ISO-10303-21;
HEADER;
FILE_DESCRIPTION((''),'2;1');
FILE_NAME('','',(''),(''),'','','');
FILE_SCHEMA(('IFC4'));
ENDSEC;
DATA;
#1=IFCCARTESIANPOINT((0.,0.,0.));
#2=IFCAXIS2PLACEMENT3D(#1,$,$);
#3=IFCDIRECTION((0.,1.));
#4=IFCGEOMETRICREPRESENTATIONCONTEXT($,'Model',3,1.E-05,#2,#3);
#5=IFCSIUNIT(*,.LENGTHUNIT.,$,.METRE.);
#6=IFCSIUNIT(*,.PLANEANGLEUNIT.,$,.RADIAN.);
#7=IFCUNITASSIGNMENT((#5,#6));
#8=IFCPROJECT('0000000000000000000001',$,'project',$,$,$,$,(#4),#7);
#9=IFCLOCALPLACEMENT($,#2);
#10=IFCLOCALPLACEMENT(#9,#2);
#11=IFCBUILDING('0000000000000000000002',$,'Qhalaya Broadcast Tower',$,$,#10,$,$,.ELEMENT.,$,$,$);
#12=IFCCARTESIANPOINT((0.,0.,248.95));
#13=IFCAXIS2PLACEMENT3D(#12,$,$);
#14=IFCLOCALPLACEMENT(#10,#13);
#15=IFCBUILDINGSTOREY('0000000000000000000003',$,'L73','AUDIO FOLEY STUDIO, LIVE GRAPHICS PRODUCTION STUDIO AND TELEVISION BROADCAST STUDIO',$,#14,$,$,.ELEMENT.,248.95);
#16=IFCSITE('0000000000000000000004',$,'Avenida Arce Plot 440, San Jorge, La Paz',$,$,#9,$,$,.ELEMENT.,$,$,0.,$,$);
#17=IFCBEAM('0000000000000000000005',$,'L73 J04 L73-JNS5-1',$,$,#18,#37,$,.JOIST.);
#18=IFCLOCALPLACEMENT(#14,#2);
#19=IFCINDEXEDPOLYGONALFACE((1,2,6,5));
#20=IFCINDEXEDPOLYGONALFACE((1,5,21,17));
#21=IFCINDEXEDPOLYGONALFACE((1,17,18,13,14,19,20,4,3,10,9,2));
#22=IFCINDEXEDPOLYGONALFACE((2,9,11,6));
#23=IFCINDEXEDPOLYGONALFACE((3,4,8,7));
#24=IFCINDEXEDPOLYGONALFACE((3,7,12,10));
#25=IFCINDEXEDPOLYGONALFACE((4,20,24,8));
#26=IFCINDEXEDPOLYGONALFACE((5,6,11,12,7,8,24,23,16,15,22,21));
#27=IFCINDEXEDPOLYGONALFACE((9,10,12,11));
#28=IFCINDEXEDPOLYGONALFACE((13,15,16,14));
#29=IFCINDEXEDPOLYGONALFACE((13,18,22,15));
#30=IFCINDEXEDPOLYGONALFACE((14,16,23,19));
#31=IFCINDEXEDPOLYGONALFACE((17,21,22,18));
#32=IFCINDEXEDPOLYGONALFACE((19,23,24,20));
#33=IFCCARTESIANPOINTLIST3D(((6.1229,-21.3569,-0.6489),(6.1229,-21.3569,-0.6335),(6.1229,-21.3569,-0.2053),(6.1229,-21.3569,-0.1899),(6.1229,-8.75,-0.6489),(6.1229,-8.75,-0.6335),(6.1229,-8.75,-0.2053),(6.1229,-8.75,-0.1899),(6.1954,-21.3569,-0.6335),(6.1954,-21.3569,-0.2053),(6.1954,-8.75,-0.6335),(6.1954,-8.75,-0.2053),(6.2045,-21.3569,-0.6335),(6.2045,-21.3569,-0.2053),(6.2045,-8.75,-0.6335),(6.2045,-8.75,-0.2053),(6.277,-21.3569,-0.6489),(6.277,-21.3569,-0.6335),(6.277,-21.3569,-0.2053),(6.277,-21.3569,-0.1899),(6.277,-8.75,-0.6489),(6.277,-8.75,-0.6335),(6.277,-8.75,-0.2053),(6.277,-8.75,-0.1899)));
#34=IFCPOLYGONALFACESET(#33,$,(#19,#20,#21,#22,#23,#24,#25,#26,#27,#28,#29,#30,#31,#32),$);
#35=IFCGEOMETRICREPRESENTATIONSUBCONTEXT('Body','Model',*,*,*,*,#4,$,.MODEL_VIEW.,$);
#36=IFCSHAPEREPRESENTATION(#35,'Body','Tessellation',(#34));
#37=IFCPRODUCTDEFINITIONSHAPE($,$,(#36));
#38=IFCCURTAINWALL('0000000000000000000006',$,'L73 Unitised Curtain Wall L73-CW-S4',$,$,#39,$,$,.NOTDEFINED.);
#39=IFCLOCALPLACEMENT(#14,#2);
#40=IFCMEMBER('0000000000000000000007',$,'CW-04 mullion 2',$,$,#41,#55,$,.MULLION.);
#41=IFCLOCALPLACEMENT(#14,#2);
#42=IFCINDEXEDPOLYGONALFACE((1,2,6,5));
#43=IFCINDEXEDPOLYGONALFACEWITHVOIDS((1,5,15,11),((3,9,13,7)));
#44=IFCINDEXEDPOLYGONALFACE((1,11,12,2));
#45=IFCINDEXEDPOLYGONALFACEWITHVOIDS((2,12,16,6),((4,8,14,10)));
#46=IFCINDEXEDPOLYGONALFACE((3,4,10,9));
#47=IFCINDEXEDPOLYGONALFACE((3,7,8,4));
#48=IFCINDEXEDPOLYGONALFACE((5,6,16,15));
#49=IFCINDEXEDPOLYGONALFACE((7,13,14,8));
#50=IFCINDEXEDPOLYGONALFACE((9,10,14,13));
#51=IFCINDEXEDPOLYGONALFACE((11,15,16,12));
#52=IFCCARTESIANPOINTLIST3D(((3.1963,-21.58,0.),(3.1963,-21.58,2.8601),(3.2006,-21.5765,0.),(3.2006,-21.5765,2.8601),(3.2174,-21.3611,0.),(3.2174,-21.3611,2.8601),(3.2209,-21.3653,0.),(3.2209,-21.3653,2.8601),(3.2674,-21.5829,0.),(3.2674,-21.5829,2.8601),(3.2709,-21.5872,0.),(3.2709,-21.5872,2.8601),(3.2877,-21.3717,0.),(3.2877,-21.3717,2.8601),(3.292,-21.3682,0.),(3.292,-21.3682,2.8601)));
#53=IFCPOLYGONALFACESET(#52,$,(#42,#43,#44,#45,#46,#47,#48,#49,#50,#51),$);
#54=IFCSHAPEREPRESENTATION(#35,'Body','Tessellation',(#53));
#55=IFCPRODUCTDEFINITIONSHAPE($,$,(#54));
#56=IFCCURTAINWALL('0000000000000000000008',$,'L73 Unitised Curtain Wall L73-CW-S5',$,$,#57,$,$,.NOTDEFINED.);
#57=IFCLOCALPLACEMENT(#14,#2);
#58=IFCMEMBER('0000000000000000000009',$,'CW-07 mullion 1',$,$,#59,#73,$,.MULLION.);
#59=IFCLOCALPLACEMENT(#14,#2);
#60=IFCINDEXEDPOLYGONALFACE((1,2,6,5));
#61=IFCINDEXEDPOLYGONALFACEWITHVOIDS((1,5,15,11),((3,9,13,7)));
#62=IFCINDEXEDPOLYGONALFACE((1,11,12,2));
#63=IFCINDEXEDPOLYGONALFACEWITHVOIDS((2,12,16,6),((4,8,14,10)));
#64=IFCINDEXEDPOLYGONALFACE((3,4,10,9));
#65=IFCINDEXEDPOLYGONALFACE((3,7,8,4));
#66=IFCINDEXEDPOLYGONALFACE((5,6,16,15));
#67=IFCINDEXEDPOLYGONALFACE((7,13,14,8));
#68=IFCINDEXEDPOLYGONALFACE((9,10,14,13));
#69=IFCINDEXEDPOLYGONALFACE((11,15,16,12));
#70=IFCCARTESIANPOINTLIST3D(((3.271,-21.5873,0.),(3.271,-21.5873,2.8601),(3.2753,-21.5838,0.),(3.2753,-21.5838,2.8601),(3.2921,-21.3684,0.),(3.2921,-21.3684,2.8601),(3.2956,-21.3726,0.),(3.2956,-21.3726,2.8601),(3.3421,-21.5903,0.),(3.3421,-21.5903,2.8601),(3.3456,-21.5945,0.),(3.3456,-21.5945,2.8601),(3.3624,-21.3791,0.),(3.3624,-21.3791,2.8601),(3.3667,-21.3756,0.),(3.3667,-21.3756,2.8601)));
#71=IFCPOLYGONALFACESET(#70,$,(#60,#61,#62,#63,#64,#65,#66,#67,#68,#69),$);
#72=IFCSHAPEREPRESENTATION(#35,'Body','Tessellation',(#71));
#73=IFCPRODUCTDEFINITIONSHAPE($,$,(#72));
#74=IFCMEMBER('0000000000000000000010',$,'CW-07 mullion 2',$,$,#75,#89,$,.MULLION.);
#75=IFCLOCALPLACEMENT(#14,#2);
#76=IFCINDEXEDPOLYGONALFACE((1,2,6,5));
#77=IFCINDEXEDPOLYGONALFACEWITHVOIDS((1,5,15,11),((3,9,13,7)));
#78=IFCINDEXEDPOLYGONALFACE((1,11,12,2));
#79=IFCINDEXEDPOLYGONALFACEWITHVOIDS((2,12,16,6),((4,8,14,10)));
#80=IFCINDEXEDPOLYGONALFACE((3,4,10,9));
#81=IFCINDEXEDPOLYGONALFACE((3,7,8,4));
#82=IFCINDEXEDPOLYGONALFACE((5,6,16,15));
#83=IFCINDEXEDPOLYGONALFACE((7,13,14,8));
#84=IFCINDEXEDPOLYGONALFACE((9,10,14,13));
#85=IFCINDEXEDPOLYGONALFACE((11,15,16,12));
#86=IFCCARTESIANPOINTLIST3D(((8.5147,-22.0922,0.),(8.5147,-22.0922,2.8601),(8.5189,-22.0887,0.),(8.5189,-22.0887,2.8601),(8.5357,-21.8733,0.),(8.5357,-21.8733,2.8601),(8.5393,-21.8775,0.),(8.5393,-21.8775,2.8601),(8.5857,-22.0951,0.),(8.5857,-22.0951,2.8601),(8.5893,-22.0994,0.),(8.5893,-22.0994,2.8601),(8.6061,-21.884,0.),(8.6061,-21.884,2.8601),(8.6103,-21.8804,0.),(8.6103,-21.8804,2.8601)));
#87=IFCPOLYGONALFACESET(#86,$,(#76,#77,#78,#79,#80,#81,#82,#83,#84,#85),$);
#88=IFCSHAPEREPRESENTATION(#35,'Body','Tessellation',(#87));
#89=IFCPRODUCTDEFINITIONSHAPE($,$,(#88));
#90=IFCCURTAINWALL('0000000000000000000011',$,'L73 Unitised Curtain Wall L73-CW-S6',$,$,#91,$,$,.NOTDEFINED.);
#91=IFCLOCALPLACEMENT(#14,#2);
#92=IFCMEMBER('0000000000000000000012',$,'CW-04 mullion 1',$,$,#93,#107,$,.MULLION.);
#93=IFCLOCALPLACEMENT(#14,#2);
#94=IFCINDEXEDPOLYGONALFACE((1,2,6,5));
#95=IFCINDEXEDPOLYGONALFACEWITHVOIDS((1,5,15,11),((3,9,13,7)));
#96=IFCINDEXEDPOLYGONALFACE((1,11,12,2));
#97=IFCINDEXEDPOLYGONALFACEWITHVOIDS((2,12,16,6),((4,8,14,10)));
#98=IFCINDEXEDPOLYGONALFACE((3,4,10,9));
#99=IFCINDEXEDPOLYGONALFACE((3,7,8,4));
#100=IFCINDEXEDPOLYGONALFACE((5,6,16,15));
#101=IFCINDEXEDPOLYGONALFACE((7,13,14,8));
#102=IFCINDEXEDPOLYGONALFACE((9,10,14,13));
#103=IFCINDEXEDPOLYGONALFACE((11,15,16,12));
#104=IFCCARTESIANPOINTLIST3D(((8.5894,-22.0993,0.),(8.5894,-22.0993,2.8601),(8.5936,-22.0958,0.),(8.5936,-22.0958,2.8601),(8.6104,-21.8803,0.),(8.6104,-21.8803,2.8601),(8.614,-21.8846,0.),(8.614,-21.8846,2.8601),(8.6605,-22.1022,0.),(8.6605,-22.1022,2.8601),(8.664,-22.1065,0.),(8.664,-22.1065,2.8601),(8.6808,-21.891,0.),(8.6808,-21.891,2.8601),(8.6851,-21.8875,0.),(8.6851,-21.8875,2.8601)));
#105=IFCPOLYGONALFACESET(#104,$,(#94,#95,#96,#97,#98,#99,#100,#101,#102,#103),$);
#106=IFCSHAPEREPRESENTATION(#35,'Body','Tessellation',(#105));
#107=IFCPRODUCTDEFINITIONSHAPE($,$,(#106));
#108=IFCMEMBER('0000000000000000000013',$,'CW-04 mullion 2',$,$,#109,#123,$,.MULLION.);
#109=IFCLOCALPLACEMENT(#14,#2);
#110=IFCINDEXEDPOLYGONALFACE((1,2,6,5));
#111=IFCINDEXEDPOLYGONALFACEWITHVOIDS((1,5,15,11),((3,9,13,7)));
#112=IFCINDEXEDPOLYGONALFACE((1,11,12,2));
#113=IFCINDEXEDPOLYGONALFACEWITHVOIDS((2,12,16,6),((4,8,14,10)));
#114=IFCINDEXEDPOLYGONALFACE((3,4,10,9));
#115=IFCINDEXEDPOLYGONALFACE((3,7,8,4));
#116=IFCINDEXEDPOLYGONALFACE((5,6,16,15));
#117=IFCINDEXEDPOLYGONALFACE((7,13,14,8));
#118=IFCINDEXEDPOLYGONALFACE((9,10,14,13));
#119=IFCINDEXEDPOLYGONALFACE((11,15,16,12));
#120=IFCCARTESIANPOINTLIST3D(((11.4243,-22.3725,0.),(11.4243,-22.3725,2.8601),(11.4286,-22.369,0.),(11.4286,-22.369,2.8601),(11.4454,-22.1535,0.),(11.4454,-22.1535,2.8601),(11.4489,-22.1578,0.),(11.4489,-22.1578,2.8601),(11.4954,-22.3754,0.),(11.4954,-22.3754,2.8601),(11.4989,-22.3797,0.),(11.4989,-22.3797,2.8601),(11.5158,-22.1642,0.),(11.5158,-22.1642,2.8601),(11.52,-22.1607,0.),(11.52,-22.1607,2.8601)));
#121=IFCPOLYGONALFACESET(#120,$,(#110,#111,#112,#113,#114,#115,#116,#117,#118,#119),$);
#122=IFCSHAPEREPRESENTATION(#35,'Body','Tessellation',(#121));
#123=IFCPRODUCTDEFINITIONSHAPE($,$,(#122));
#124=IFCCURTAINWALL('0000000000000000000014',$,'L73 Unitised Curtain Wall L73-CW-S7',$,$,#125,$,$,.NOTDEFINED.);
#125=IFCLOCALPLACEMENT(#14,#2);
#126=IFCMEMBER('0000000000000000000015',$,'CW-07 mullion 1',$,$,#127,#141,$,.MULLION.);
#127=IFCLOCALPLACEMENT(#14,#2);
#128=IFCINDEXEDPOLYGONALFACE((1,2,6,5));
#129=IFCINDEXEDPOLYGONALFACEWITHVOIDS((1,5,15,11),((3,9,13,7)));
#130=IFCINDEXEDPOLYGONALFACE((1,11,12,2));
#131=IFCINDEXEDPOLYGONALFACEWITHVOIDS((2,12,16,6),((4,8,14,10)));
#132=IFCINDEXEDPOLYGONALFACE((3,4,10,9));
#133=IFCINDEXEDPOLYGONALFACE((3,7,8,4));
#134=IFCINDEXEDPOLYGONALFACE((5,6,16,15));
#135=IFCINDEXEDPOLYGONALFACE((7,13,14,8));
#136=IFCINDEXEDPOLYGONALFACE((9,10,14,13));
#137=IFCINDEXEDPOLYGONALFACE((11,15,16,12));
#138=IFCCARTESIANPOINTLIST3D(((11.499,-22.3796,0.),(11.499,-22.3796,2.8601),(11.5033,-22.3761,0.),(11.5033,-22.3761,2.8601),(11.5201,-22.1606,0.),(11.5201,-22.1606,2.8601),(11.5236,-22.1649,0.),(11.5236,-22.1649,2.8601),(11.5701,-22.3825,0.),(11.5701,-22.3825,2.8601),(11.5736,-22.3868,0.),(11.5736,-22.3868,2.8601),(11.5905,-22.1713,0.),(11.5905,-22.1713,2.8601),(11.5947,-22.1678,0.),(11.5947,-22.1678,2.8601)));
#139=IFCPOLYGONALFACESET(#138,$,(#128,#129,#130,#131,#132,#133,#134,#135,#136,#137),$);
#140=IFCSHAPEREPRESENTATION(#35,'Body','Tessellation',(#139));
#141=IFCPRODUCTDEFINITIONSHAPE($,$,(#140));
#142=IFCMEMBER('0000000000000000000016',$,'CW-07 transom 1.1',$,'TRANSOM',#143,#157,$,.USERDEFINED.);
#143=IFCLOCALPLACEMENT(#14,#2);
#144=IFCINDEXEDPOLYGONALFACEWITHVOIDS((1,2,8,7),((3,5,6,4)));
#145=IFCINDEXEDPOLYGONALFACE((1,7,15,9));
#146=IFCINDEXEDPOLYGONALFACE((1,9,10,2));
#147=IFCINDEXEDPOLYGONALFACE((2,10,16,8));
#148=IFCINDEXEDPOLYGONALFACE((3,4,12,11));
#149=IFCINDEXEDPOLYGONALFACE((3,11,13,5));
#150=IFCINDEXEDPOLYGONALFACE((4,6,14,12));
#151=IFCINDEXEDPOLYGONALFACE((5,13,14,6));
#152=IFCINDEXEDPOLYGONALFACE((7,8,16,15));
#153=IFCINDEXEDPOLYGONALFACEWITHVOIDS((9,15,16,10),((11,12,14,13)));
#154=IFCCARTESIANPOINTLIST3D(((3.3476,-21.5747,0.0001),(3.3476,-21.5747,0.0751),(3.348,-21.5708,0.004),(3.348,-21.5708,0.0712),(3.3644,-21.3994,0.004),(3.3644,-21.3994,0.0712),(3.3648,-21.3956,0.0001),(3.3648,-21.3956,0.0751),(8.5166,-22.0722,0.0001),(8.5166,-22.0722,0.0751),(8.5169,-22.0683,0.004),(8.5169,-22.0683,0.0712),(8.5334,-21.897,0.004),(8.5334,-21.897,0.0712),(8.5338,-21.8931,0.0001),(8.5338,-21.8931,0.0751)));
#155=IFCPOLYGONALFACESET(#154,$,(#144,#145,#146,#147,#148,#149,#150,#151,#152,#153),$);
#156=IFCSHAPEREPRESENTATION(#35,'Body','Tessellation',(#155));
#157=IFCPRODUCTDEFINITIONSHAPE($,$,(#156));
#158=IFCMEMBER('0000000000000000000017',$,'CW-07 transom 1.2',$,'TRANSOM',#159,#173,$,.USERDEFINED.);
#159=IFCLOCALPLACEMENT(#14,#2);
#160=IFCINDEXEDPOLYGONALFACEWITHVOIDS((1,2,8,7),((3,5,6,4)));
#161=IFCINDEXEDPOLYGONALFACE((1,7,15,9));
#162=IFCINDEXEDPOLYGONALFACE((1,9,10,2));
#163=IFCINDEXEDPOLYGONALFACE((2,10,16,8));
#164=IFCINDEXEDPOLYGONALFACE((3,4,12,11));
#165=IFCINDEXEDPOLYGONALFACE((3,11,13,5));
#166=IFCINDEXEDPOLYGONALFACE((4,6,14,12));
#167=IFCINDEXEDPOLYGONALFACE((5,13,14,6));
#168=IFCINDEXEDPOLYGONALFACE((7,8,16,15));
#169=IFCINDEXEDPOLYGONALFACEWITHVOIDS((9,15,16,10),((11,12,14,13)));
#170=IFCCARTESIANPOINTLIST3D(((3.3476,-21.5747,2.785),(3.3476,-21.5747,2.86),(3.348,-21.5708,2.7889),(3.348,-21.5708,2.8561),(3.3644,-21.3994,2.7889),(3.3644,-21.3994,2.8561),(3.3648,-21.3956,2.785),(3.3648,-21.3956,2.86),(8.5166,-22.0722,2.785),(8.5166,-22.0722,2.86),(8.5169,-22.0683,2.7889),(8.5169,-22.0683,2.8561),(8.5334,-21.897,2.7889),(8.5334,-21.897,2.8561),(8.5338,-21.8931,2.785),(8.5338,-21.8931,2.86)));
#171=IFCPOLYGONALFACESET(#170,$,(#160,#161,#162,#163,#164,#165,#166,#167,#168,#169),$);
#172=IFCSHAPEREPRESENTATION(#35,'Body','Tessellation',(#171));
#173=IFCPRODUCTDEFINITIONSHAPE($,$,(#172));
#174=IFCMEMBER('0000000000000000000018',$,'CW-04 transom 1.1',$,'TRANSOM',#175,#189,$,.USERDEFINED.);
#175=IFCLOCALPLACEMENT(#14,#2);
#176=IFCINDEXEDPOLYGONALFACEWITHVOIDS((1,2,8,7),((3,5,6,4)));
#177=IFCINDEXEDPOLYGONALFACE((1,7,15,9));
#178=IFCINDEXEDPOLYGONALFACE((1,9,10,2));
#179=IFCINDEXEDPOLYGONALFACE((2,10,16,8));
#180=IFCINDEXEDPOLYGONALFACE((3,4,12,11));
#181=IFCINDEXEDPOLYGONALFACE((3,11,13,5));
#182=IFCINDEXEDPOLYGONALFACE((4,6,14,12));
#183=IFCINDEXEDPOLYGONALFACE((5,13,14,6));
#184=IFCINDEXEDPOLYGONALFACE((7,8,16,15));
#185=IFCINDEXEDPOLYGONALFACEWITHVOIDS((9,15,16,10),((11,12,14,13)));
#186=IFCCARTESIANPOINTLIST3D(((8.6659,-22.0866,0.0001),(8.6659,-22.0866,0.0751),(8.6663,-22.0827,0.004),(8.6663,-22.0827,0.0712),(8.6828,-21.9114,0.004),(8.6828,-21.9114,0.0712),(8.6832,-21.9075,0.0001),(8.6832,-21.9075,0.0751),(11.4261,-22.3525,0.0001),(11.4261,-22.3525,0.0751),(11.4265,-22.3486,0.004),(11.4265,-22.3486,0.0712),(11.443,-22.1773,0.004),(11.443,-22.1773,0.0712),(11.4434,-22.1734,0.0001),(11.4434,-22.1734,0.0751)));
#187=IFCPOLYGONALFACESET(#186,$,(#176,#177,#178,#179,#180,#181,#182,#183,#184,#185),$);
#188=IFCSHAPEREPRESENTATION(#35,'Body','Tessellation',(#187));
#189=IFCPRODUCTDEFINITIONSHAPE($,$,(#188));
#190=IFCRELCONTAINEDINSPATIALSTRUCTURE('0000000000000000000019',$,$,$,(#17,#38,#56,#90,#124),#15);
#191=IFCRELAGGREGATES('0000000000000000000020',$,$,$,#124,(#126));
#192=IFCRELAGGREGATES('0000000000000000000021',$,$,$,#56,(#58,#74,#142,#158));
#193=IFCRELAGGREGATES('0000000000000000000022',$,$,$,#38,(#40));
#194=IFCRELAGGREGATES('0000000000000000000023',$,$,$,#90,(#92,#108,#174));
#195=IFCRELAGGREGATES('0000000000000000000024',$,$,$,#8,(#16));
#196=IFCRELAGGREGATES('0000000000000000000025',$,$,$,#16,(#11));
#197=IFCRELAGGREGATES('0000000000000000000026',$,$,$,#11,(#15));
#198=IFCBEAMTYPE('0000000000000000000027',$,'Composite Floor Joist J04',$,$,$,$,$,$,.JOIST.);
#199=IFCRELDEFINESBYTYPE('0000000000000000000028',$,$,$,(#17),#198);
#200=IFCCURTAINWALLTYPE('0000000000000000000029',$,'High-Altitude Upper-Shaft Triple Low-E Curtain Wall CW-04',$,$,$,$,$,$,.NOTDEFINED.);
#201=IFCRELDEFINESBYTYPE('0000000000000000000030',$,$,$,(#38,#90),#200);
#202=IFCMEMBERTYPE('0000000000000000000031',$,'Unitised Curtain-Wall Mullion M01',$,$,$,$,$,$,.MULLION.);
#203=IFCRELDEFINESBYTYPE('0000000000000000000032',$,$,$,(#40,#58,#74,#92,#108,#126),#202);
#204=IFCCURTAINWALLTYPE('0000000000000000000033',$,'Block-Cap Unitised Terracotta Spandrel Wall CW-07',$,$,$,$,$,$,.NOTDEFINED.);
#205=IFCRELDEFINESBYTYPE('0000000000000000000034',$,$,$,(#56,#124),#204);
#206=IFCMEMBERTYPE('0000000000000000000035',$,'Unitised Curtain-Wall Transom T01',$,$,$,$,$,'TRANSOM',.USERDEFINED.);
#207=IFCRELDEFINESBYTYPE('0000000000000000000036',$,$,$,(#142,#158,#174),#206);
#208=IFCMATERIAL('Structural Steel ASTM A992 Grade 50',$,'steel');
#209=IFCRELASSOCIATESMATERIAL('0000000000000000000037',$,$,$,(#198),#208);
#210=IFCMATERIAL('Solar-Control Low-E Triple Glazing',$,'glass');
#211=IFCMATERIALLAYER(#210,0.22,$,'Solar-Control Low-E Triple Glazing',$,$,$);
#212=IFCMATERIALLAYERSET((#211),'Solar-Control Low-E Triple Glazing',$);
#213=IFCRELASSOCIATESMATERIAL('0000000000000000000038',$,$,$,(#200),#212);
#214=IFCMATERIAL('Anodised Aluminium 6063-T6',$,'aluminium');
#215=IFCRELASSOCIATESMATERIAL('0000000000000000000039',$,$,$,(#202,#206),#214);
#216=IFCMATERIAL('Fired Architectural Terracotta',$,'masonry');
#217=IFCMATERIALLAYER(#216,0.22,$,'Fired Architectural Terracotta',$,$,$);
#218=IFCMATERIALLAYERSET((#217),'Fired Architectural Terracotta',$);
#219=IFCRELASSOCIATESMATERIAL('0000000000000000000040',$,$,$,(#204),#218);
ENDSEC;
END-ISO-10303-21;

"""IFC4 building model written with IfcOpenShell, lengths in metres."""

from ifc_helpers import new_model, si_unit, direction, frame, origin, origin_2d, place, context, subcontext, project, spatial, hollow_rectangle, i_section, extrude, material, layer, layer_set, material_profile, profile_set, type_object, element, aggregate, save


model = new_model("IFC4")

# Units and contexts
model_context = context("Model", 3, precision=1e-05, world=origin(), true_north=direction((0.0, 1.0)))
body_context = subcontext(model_context, "Body", "Model", "MODEL_VIEW")
ifc_project = project(units=[si_unit("LENGTHUNIT", "METRE"), si_unit("PLANEANGLEUNIT", "RADIAN")], contexts=[model_context])

# Site, building, storey
site_placement = place(None, origin())
site = spatial("IfcSite", under=ifc_project, at=site_placement, Name="Avenida Arce Plot 440, San Jorge, La Paz", CompositionType="ELEMENT", RefElevation=0.0)
building_placement = place(site_placement, origin())
building = spatial("IfcBuilding", under=site, at=building_placement, Name="Qhalaya Broadcast Tower", CompositionType="ELEMENT")
storey_placement = place(building_placement, frame((0.0, 0.0, 248.95)))
storey = spatial("IfcBuildingStorey", under=building, at=storey_placement, Name="L73", Description="AUDIO FOLEY STUDIO, LIVE GRAPHICS PRODUCTION STUDIO AND TELEVISION BROADCAST STUDIO", CompositionType="ELEMENT", Elevation=248.95)

# Beam
ifc_material_1 = material(Name="Structural Steel ASTM A992 Grade 50", Category="steel")
ifc_material_profile_1 = material_profile(ifc_material_1, i_section(OverallWidth=0.1541, OverallDepth=0.459, WebThickness=0.009, FlangeThickness=0.0154, at=origin_2d()), Name="W18X46")
ifc_profile_set_1 = profile_set([ifc_material_profile_1], Name="Structural Steel ASTM A992 Grade 50")
beam_type_1 = type_object("IfcBeamType", Name="Composite Floor Joist J04", PredefinedType="JOIST", material=ifc_profile_set_1)
beam_1_placement = place(storey_placement, frame((6.2, -21.3569, -0.4194), z_axis=(0.0, 1.0, 0.0), x_axis=(-1.0, 0.0, 0.0)))
element("IfcBeam", 1, at=beam_1_placement, inside=storey, type_object=beam_type_1, Name="L73 J04 L73-JNS5-1", PredefinedType="JOIST", context=body_context, shape_type="SweptSolid", body=[
    extrude(i_section(OverallWidth=0.1541, OverallDepth=0.459, WebThickness=0.009, FlangeThickness=0.0154, at=origin_2d()), origin(), (0.0, 0.0, 1.0), 12.6069),
])

# Curtain wall, member
ifc_material_2 = material(Name="Solar-Control Low-E Triple Glazing", Category="glass")
ifc_layer_1 = layer(ifc_material_2, 0.22, Name="Solar-Control Low-E Triple Glazing")
ifc_layer_set_1 = layer_set([ifc_layer_1], Name="Solar-Control Low-E Triple Glazing")
curtain_wall_type_1 = type_object("IfcCurtainWallType", Name="High-Altitude Upper-Shaft Triple Low-E Curtain Wall CW-04", PredefinedType="NOTDEFINED", material=ifc_layer_set_1)
curtain_wall_1_placement = place(storey_placement, origin())
curtain_wall_1 = element("IfcCurtainWall", 2, at=curtain_wall_1_placement, inside=storey, type_object=curtain_wall_type_1, Name="L73 Unitised Curtain Wall L73-CW-S4", PredefinedType="NOTDEFINED")
ifc_material_3 = material(Name="Anodised Aluminium 6063-T6", Category="aluminium")
ifc_material_profile_2 = material_profile(ifc_material_3, hollow_rectangle(XDim=0.075, YDim=0.22, WallThickness=0.0039, at=origin_2d()), Name="ALU-MUL 75x220x4")
ifc_profile_set_2 = profile_set([ifc_material_profile_2], Name="Anodised Aluminium 6063-T6")
member_type_1 = type_object("IfcMemberType", Name="Unitised Curtain-Wall Mullion M01", PredefinedType="MULLION", material=ifc_profile_set_2)
member_1_placement = place(storey_placement, frame((3.2441, -21.4741, 0.0), z_axis=(0.0, 0.0, 1.0), x_axis=(0.995398, -0.095829, 0.0)))
member_1 = element("IfcMember", 3, at=member_1_placement, type_object=member_type_1, Name="CW-04 mullion 2", PredefinedType="MULLION", context=body_context, shape_type="SweptSolid", body=[
    extrude(hollow_rectangle(XDim=0.075, YDim=0.22, WallThickness=0.0039, at=origin_2d()), origin(), (0.0, 0.0, 1.0), 2.8601),
])

# Curtain walls, members
ifc_material_4 = material(Name="Fired Architectural Terracotta", Category="masonry")
ifc_layer_2 = layer(ifc_material_4, 0.22, Name="Fired Architectural Terracotta")
ifc_layer_set_2 = layer_set([ifc_layer_2], Name="Fired Architectural Terracotta")
curtain_wall_type_2 = type_object("IfcCurtainWallType", Name="Block-Cap Unitised Terracotta Spandrel Wall CW-07", PredefinedType="NOTDEFINED", material=ifc_layer_set_2)
curtain_wall_2_placement = place(storey_placement, origin())
curtain_wall_2 = element("IfcCurtainWall", 4, at=curtain_wall_2_placement, inside=storey, type_object=curtain_wall_type_2, Name="L73 Unitised Curtain Wall L73-CW-S5", PredefinedType="NOTDEFINED")
member_2_placement = place(storey_placement, frame((3.3188, -21.4814, 0.0), z_axis=(0.0, 0.0, 1.0), x_axis=(0.995396, -0.095845, 0.0)))
member_2 = element("IfcMember", 5, at=member_2_placement, type_object=member_type_1, Name="CW-07 mullion 1", PredefinedType="MULLION", context=body_context, shape_type="SweptSolid", body=[
    extrude(hollow_rectangle(XDim=0.075, YDim=0.22, WallThickness=0.0039, at=origin_2d()), origin(), (0.0, 0.0, 1.0), 2.8601),
])
member_3_placement = place(storey_placement, frame((8.5625, -21.9863, 0.0), z_axis=(0.0, 0.0, 1.0), x_axis=(0.995396, -0.095845, 0.0)))
member_3 = element("IfcMember", 6, at=member_3_placement, type_object=member_type_1, Name="CW-07 mullion 2", PredefinedType="MULLION", context=body_context, shape_type="SweptSolid", body=[
    extrude(hollow_rectangle(XDim=0.075, YDim=0.22, WallThickness=0.0039, at=origin_2d()), origin(), (0.0, 0.0, 1.0), 2.8601),
])
curtain_wall_3_placement = place(storey_placement, origin())
curtain_wall_3 = element("IfcCurtainWall", 7, at=curtain_wall_3_placement, inside=storey, type_object=curtain_wall_type_1, Name="L73 Unitised Curtain Wall L73-CW-S6", PredefinedType="NOTDEFINED")
member_4_placement = place(storey_placement, frame((8.6372, -21.9934, 0.0), z_axis=(0.0, 0.0, 1.0), x_axis=(0.995395, -0.095858, 0.0)))
member_4 = element("IfcMember", 8, at=member_4_placement, type_object=member_type_1, Name="CW-04 mullion 1", PredefinedType="MULLION", context=body_context, shape_type="SweptSolid", body=[
    extrude(hollow_rectangle(XDim=0.075, YDim=0.22, WallThickness=0.0039, at=origin_2d()), origin(), (0.0, 0.0, 1.0), 2.8601),
])
member_5_placement = place(storey_placement, frame((11.4722, -22.2666, 0.0), z_axis=(0.0, 0.0, 1.0), x_axis=(0.995395, -0.095858, 0.0)))
member_5 = element("IfcMember", 9, at=member_5_placement, type_object=member_type_1, Name="CW-04 mullion 2", PredefinedType="MULLION", context=body_context, shape_type="SweptSolid", body=[
    extrude(hollow_rectangle(XDim=0.075, YDim=0.22, WallThickness=0.0039, at=origin_2d()), origin(), (0.0, 0.0, 1.0), 2.8601),
])

# Curtain wall, member
curtain_wall_4_placement = place(storey_placement, origin())
curtain_wall_4 = element("IfcCurtainWall", 10, at=curtain_wall_4_placement, inside=storey, type_object=curtain_wall_type_2, Name="L73 Unitised Curtain Wall L73-CW-S7", PredefinedType="NOTDEFINED")
member_6_placement = place(storey_placement, frame((11.5469, -22.2737, 0.0), z_axis=(0.0, 0.0, 1.0), x_axis=(0.995395, -0.095854, 0.0)))
member_6 = element("IfcMember", 11, at=member_6_placement, type_object=member_type_1, Name="CW-07 mullion 1", PredefinedType="MULLION", context=body_context, shape_type="SweptSolid", body=[
    extrude(hollow_rectangle(XDim=0.075, YDim=0.22, WallThickness=0.0039, at=origin_2d()), origin(), (0.0, 0.0, 1.0), 2.8601),
])

# Members
ifc_material_profile_3 = material_profile(ifc_material_3, hollow_rectangle(XDim=0.075, YDim=0.1799, WallThickness=0.0039, at=origin_2d()), Name="ALU-TRN 75x180x4")
ifc_profile_set_3 = profile_set([ifc_material_profile_3], Name="Anodised Aluminium 6063-T6")
member_type_2 = type_object("IfcMemberType", Name="Unitised Curtain-Wall Transom T01", ElementType="TRANSOM", PredefinedType="USERDEFINED", material=ifc_profile_set_3)
member_7_placement = place(storey_placement, frame((3.3562, -21.4851, 0.0376), z_axis=(0.995399, -0.095816, 0.0), x_axis=(0.0, 0.0, 1.0)))
member_7 = element("IfcMember", 12, at=member_7_placement, type_object=member_type_2, Name="CW-07 transom 1.1", ObjectType="TRANSOM", PredefinedType="USERDEFINED", context=body_context, shape_type="SweptSolid", body=[
    extrude(hollow_rectangle(XDim=0.075, YDim=0.1799, WallThickness=0.0039, at=origin_2d()), origin(), (0.0, 0.0, 1.0), 5.1929),
])
member_8_placement = place(storey_placement, frame((3.3562, -21.4851, 2.8225), z_axis=(0.995399, -0.095816, 0.0), x_axis=(0.0, 0.0, 1.0)))
member_8 = element("IfcMember", 13, at=member_8_placement, type_object=member_type_2, Name="CW-07 transom 1.2", ObjectType="TRANSOM", PredefinedType="USERDEFINED", context=body_context, shape_type="SweptSolid", body=[
    extrude(hollow_rectangle(XDim=0.075, YDim=0.1799, WallThickness=0.0039, at=origin_2d()), origin(), (0.0, 0.0, 1.0), 5.1929),
])
member_9_placement = place(storey_placement, frame((8.6746, -21.9971, 0.0376), z_axis=(0.995393, -0.095877, 0.0), x_axis=(0.0, 0.0, 1.0)))
member_9 = element("IfcMember", 14, at=member_9_placement, type_object=member_type_2, Name="CW-04 transom 1.1", ObjectType="TRANSOM", PredefinedType="USERDEFINED", context=body_context, shape_type="SweptSolid", body=[
    extrude(hollow_rectangle(XDim=0.075, YDim=0.1799, WallThickness=0.0039, at=origin_2d()), origin(), (0.0, 0.0, 1.0), 2.7729),
])
aggregate(curtain_wall_4, [member_6])

aggregate(curtain_wall_2, [member_2, member_3, member_7, member_8])
aggregate(curtain_wall_1, [member_1])
aggregate(curtain_wall_3, [member_4, member_5, member_9])

save(model, "model.ifc")
